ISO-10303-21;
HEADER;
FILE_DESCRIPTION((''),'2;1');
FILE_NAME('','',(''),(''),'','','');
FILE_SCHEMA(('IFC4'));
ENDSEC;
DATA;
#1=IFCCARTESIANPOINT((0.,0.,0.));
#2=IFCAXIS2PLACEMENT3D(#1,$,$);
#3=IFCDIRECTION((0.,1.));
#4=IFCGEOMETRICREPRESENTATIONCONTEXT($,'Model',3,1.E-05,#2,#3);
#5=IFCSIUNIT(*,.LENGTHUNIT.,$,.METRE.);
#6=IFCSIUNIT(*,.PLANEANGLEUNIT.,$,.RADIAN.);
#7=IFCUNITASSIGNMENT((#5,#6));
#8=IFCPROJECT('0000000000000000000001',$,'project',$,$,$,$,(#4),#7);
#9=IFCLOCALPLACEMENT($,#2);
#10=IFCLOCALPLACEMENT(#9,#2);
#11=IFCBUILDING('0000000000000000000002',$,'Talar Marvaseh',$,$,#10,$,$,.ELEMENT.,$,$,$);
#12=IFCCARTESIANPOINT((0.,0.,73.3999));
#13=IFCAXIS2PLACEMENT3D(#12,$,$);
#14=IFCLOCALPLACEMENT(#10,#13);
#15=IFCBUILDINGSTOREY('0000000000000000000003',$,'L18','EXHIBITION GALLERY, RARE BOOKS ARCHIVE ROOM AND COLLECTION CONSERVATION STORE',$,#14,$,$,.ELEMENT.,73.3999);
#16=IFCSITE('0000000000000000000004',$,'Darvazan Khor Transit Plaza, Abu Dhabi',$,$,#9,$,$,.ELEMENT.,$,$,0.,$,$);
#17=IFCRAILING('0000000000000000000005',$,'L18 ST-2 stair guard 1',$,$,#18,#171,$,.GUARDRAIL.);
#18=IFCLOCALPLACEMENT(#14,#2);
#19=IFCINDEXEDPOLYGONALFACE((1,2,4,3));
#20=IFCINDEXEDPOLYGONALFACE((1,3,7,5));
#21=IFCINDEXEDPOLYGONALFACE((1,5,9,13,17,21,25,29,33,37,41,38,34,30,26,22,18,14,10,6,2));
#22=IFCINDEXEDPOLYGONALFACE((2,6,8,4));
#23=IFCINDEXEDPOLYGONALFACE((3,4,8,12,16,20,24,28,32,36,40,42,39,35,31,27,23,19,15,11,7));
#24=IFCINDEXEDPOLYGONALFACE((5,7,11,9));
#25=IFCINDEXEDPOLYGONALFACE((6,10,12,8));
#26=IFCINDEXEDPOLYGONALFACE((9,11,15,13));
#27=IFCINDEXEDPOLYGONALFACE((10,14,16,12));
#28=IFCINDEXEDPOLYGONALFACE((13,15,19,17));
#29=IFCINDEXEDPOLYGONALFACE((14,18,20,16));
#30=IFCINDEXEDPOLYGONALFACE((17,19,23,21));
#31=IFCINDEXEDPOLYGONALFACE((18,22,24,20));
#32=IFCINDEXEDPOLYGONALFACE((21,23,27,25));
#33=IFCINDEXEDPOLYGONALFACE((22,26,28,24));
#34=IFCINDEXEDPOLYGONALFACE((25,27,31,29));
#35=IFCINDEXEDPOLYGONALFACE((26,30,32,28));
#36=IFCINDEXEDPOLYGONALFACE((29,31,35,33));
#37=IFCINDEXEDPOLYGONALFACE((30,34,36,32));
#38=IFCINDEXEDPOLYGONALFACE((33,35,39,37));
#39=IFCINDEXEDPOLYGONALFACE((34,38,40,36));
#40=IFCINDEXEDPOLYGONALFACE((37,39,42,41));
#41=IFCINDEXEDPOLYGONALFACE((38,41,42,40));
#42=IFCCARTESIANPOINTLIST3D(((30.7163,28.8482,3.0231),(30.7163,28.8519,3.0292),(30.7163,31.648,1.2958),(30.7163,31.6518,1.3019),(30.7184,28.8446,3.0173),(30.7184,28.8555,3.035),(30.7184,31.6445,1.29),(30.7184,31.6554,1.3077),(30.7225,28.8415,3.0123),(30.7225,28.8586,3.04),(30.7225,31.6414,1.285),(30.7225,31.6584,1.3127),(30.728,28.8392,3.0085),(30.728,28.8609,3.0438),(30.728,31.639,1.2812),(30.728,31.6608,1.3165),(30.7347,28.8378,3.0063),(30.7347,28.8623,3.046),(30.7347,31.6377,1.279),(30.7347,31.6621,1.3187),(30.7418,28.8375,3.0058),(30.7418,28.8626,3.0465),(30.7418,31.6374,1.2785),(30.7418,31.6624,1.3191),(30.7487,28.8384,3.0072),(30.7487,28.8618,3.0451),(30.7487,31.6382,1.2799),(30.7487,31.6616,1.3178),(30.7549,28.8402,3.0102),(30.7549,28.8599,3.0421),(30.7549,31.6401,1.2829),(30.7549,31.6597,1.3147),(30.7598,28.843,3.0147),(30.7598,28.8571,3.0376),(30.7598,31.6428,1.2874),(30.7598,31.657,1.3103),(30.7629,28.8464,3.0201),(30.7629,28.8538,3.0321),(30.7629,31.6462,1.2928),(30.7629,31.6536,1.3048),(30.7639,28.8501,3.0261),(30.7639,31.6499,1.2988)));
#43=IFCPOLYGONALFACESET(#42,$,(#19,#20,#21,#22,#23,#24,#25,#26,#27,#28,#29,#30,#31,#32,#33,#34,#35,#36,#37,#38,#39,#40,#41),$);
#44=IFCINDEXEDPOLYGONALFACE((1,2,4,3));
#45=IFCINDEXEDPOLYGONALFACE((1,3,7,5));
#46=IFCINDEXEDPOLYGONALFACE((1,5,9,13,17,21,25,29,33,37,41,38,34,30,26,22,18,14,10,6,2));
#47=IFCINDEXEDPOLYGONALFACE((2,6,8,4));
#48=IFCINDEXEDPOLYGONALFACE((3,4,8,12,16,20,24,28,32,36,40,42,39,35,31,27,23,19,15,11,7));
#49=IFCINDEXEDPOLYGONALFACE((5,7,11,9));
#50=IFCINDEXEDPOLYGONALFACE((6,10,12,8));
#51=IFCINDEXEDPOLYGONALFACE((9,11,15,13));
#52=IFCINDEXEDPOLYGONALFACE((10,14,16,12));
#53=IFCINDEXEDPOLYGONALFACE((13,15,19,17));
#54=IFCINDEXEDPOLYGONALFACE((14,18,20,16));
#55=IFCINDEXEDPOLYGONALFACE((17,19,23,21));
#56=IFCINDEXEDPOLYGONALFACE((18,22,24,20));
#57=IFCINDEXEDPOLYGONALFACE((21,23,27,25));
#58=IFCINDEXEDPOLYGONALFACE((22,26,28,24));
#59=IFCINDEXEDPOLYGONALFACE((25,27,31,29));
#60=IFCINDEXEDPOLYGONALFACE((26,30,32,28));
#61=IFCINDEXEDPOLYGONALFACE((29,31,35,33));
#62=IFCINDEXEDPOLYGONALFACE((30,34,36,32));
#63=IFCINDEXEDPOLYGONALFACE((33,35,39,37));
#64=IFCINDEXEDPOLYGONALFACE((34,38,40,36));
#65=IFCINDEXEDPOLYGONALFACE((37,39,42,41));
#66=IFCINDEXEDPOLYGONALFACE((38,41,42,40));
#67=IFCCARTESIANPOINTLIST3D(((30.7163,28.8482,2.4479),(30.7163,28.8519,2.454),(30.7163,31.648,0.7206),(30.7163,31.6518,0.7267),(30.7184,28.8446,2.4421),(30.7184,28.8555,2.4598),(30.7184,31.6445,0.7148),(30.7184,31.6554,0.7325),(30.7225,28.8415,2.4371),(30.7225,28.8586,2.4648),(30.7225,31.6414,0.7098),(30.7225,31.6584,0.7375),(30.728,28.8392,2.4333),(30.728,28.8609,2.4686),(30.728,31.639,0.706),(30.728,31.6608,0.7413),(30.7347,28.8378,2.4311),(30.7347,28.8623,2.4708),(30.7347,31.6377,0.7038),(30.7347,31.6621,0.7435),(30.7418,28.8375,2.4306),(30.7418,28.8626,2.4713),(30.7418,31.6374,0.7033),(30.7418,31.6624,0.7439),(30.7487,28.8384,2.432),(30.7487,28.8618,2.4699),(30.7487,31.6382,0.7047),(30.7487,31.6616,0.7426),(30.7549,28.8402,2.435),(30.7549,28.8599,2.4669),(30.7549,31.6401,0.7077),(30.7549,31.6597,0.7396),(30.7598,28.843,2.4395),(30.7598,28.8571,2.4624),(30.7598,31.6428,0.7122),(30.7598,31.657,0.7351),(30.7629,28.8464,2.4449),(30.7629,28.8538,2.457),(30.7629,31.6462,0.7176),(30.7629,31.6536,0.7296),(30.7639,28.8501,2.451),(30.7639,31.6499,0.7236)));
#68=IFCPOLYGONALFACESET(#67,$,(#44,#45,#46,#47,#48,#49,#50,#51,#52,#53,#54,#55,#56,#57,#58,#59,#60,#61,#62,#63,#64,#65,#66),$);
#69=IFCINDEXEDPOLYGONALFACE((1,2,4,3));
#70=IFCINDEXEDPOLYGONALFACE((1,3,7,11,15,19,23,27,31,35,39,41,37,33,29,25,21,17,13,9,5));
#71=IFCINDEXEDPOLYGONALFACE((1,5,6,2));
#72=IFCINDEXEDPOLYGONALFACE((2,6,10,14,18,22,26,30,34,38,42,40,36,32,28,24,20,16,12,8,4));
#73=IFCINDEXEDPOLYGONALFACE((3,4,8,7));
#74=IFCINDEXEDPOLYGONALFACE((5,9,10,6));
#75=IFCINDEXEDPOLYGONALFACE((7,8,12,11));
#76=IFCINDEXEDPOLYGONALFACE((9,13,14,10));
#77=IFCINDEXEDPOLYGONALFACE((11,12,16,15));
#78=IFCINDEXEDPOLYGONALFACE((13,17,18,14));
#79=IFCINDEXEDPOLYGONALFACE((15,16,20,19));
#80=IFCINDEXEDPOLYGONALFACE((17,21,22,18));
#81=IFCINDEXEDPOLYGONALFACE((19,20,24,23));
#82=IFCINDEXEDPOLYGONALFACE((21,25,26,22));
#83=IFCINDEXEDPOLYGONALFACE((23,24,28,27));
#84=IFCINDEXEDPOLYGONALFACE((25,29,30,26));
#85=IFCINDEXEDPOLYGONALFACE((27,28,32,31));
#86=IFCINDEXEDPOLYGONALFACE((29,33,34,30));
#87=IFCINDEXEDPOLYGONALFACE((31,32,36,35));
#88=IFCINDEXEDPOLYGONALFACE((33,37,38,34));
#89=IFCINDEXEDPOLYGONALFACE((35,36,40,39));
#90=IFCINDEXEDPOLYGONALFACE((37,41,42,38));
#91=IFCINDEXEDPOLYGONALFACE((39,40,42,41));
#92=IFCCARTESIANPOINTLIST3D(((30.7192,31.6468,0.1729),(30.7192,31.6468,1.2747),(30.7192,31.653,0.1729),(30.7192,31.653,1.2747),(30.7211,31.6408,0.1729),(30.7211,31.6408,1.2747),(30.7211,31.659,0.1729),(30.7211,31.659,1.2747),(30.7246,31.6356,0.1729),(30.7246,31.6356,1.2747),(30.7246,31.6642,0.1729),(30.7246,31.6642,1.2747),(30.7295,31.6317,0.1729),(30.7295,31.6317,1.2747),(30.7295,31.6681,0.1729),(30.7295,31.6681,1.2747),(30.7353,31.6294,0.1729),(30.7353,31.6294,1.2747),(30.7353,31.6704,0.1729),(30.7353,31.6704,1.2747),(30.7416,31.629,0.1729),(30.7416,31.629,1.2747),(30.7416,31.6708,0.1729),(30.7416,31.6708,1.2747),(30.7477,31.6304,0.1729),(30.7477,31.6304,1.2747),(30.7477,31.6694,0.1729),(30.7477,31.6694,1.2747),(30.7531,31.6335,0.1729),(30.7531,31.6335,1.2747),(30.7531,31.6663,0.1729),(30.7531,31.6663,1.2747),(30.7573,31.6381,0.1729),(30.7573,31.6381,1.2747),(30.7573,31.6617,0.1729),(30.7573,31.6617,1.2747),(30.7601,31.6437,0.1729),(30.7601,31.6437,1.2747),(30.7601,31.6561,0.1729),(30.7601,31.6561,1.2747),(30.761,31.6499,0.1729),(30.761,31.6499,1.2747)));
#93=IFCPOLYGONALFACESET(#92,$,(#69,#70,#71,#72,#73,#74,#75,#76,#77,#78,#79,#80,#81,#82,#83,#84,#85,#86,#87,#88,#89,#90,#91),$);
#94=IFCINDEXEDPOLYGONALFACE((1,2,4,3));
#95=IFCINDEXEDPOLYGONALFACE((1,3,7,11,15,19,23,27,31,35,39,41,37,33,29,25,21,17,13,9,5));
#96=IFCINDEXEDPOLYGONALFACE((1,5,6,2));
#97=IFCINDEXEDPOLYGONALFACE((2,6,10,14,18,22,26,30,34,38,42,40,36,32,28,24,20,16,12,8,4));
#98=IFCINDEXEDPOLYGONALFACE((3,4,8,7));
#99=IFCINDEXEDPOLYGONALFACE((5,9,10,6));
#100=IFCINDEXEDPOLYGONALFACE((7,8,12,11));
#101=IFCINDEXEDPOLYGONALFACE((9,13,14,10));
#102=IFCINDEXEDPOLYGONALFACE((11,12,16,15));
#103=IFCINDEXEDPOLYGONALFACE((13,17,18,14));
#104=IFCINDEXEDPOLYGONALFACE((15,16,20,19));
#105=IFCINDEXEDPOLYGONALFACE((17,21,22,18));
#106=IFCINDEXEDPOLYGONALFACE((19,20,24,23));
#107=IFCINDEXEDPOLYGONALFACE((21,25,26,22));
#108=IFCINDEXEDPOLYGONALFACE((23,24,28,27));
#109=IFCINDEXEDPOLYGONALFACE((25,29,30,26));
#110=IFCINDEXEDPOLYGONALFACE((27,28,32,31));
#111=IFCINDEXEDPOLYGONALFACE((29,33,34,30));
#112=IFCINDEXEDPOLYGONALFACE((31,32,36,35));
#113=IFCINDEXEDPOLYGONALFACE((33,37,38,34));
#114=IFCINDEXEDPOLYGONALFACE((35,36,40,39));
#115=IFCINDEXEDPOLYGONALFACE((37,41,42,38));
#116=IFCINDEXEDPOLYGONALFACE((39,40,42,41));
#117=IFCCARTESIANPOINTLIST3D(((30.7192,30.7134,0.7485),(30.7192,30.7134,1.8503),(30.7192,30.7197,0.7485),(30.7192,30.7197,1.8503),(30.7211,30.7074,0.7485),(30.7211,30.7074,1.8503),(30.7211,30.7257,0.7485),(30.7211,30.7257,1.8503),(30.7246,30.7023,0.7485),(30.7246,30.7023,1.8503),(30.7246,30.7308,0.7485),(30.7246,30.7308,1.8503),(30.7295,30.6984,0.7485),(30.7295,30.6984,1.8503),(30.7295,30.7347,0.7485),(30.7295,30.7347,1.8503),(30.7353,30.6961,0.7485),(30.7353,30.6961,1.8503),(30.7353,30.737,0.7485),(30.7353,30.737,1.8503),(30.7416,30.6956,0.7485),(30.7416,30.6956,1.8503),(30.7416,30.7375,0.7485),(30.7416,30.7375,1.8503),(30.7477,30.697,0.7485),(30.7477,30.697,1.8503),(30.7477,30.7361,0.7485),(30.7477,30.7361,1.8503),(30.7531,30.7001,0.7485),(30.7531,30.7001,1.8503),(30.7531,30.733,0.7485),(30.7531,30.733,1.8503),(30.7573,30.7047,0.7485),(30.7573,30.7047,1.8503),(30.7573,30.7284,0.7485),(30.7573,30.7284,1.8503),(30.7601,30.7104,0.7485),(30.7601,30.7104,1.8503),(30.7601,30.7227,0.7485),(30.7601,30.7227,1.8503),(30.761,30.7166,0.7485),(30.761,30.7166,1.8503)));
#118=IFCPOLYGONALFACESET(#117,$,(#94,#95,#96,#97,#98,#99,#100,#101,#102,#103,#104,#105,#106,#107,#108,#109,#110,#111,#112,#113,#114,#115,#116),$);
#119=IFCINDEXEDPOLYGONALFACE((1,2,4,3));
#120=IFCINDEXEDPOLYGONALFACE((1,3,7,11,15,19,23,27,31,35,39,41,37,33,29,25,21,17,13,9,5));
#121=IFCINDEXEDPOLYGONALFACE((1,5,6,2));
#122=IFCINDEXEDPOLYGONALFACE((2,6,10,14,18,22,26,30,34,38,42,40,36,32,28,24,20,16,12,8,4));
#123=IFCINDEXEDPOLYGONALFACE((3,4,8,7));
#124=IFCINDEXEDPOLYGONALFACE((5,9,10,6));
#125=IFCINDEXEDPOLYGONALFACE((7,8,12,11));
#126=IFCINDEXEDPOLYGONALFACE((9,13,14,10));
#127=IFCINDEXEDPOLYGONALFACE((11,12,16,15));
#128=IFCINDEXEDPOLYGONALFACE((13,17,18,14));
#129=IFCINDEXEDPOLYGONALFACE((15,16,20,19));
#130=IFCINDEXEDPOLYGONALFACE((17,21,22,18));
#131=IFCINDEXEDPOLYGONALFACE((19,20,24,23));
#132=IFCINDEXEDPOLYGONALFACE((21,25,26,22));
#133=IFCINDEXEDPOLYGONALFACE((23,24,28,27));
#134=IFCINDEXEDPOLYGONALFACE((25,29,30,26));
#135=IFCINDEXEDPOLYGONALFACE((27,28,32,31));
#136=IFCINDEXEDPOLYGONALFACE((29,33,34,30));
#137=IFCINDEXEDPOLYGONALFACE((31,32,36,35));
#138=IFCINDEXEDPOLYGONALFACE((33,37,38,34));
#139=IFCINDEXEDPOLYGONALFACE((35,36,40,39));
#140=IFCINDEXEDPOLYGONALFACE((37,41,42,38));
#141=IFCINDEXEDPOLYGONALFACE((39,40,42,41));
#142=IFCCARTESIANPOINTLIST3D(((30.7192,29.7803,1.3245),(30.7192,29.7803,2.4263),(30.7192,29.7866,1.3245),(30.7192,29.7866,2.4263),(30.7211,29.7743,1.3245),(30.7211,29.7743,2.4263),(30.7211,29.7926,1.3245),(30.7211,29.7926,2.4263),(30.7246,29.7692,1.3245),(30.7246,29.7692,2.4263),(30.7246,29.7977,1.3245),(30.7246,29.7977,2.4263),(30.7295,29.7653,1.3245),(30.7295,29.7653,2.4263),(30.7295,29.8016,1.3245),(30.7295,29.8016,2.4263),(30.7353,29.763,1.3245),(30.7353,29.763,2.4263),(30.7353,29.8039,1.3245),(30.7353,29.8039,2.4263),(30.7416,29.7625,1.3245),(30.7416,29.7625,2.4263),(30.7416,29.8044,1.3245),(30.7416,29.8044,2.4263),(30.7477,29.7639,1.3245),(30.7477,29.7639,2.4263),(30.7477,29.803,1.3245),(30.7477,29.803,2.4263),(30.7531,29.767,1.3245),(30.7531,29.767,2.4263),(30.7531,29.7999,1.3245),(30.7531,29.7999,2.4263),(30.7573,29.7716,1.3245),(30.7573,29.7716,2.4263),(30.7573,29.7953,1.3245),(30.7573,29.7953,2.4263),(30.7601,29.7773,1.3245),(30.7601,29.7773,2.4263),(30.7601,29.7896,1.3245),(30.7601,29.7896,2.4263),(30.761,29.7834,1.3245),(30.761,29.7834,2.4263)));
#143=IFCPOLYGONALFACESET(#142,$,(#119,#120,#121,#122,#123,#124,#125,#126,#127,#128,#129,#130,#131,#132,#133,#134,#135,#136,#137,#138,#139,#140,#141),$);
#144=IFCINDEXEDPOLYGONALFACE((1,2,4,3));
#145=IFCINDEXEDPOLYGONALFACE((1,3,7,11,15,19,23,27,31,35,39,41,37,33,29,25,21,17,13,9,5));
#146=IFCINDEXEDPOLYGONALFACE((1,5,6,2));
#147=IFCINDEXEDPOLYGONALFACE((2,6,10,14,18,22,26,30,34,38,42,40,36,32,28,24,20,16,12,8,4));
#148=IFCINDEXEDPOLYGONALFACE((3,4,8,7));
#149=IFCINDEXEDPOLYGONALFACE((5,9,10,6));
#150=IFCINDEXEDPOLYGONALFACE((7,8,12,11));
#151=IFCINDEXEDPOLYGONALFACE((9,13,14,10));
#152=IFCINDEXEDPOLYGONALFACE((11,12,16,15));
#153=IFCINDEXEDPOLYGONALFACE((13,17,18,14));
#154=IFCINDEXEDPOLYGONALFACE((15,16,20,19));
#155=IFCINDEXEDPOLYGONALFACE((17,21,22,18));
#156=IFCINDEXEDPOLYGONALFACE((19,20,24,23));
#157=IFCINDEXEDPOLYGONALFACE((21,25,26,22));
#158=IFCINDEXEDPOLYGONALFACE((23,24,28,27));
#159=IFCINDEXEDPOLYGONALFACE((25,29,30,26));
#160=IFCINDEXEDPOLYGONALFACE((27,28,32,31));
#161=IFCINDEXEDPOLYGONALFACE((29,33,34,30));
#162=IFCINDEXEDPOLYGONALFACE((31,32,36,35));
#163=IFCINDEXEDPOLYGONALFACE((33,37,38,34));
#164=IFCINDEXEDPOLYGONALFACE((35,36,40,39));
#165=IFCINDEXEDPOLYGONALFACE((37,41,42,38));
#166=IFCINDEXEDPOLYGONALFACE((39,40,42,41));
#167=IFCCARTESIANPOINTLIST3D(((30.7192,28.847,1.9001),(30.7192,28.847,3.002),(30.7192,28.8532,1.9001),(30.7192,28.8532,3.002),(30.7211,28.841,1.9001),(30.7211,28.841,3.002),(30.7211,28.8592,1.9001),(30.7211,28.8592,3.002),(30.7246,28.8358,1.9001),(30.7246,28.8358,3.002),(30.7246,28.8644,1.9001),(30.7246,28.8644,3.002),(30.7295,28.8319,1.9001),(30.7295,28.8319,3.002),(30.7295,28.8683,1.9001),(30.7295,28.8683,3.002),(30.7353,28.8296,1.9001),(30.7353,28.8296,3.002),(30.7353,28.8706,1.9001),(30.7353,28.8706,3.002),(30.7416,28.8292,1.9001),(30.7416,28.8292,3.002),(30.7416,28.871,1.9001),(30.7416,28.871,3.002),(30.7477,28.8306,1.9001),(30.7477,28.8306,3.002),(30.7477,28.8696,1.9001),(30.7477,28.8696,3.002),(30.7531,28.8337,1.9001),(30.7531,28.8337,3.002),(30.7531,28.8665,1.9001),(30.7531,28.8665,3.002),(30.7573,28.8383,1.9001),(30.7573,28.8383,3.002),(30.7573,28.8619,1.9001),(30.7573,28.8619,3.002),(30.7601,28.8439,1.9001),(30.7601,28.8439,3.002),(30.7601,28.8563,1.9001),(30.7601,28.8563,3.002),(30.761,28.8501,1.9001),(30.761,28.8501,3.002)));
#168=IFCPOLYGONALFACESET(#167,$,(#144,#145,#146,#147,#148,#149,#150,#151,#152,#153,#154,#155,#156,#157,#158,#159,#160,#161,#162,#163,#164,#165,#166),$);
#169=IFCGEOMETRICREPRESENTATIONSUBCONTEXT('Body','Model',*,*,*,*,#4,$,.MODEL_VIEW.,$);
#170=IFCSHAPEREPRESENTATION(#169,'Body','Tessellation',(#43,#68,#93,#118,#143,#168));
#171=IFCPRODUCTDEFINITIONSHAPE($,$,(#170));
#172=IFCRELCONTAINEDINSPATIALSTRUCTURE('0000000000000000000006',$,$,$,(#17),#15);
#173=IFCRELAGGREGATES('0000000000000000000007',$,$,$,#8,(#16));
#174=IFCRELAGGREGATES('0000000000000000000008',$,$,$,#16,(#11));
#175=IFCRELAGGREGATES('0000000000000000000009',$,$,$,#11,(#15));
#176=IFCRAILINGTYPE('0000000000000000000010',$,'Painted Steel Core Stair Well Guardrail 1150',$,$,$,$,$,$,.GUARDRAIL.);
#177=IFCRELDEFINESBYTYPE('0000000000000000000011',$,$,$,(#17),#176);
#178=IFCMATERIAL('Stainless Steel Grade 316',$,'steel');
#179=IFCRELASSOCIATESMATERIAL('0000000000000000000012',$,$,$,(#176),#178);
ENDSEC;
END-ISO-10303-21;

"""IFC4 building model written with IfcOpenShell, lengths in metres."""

from ifc_helpers import new_model, si_unit, direction, frame, origin, origin_2d, place, context, subcontext, project, spatial, circle, extrude, material, type_object, element, save


model = new_model("IFC4")

# Units and contexts
model_context = context("Model", 3, precision=1e-05, world=origin(), true_north=direction((0.0, 1.0)))
body_context = subcontext(model_context, "Body", "Model", "MODEL_VIEW")
ifc_project = project(units=[si_unit("LENGTHUNIT", "METRE"), si_unit("PLANEANGLEUNIT", "RADIAN")], contexts=[model_context])

# Site, building, storey
site_placement = place(None, origin())
site = spatial("IfcSite", under=ifc_project, at=site_placement, Name="Darvazan Khor Transit Plaza, Abu Dhabi", CompositionType="ELEMENT", RefElevation=0.0)
building_placement = place(site_placement, origin())
building = spatial("IfcBuilding", under=site, at=building_placement, Name="Talar Marvaseh", CompositionType="ELEMENT")
storey_placement = place(building_placement, frame((0.0, 0.0, 73.3999)))
storey = spatial("IfcBuildingStorey", under=building, at=storey_placement, Name="L18", Description="EXHIBITION GALLERY, RARE BOOKS ARCHIVE ROOM AND COLLECTION CONSERVATION STORE", CompositionType="ELEMENT", Elevation=73.3999)

# Railing
ifc_material_1 = material(Name="Stainless Steel Grade 316", Category="steel")
railing_type_1 = type_object("IfcRailingType", Name="Painted Steel Core Stair Well Guardrail 1150", PredefinedType="GUARDRAIL", material=ifc_material_1)
railing_1_placement = place(storey_placement, frame((30.74, 31.6499, 0.1729)))
element("IfcRailing", 1, at=railing_1_placement, inside=storey, type_object=railing_type_1, Name="L18 ST-2 stair guard 1", PredefinedType="GUARDRAIL", context=body_context, shape_type="SweptSolid", body=[
    extrude(circle(Radius=0.0239, at=origin_2d()), frame((0.0, 0.0, 1.126), z_axis=(0.0, -0.851069, 0.525054), x_axis=(1.0, 0.0, 0.0)), (0.0, 0.0, 1.0), 3.2898),
    extrude(circle(Radius=0.0239, at=origin_2d()), frame((0.0, 0.0, 0.5508), z_axis=(0.0, -0.851069, 0.525054), x_axis=(1.0, 0.0, 0.0)), (0.0, 0.0, 1.0), 3.2898),
    extrude(circle(Radius=0.021, at=origin_2d()), origin(), (0.0, 0.0, 1.0), 1.1018),
    extrude(circle(Radius=0.021, at=origin_2d()), frame((0.0, -0.9333, 0.5757)), (0.0, 0.0, 1.0), 1.1018),
    extrude(circle(Radius=0.021, at=origin_2d()), frame((0.0, -1.8665, 1.1516)), (0.0, 0.0, 1.0), 1.1018),
    extrude(circle(Radius=0.021, at=origin_2d()), frame((0.0, -2.7998, 1.7273)), (0.0, 0.0, 1.0), 1.1018),
])

save(model, "model.ifc")
